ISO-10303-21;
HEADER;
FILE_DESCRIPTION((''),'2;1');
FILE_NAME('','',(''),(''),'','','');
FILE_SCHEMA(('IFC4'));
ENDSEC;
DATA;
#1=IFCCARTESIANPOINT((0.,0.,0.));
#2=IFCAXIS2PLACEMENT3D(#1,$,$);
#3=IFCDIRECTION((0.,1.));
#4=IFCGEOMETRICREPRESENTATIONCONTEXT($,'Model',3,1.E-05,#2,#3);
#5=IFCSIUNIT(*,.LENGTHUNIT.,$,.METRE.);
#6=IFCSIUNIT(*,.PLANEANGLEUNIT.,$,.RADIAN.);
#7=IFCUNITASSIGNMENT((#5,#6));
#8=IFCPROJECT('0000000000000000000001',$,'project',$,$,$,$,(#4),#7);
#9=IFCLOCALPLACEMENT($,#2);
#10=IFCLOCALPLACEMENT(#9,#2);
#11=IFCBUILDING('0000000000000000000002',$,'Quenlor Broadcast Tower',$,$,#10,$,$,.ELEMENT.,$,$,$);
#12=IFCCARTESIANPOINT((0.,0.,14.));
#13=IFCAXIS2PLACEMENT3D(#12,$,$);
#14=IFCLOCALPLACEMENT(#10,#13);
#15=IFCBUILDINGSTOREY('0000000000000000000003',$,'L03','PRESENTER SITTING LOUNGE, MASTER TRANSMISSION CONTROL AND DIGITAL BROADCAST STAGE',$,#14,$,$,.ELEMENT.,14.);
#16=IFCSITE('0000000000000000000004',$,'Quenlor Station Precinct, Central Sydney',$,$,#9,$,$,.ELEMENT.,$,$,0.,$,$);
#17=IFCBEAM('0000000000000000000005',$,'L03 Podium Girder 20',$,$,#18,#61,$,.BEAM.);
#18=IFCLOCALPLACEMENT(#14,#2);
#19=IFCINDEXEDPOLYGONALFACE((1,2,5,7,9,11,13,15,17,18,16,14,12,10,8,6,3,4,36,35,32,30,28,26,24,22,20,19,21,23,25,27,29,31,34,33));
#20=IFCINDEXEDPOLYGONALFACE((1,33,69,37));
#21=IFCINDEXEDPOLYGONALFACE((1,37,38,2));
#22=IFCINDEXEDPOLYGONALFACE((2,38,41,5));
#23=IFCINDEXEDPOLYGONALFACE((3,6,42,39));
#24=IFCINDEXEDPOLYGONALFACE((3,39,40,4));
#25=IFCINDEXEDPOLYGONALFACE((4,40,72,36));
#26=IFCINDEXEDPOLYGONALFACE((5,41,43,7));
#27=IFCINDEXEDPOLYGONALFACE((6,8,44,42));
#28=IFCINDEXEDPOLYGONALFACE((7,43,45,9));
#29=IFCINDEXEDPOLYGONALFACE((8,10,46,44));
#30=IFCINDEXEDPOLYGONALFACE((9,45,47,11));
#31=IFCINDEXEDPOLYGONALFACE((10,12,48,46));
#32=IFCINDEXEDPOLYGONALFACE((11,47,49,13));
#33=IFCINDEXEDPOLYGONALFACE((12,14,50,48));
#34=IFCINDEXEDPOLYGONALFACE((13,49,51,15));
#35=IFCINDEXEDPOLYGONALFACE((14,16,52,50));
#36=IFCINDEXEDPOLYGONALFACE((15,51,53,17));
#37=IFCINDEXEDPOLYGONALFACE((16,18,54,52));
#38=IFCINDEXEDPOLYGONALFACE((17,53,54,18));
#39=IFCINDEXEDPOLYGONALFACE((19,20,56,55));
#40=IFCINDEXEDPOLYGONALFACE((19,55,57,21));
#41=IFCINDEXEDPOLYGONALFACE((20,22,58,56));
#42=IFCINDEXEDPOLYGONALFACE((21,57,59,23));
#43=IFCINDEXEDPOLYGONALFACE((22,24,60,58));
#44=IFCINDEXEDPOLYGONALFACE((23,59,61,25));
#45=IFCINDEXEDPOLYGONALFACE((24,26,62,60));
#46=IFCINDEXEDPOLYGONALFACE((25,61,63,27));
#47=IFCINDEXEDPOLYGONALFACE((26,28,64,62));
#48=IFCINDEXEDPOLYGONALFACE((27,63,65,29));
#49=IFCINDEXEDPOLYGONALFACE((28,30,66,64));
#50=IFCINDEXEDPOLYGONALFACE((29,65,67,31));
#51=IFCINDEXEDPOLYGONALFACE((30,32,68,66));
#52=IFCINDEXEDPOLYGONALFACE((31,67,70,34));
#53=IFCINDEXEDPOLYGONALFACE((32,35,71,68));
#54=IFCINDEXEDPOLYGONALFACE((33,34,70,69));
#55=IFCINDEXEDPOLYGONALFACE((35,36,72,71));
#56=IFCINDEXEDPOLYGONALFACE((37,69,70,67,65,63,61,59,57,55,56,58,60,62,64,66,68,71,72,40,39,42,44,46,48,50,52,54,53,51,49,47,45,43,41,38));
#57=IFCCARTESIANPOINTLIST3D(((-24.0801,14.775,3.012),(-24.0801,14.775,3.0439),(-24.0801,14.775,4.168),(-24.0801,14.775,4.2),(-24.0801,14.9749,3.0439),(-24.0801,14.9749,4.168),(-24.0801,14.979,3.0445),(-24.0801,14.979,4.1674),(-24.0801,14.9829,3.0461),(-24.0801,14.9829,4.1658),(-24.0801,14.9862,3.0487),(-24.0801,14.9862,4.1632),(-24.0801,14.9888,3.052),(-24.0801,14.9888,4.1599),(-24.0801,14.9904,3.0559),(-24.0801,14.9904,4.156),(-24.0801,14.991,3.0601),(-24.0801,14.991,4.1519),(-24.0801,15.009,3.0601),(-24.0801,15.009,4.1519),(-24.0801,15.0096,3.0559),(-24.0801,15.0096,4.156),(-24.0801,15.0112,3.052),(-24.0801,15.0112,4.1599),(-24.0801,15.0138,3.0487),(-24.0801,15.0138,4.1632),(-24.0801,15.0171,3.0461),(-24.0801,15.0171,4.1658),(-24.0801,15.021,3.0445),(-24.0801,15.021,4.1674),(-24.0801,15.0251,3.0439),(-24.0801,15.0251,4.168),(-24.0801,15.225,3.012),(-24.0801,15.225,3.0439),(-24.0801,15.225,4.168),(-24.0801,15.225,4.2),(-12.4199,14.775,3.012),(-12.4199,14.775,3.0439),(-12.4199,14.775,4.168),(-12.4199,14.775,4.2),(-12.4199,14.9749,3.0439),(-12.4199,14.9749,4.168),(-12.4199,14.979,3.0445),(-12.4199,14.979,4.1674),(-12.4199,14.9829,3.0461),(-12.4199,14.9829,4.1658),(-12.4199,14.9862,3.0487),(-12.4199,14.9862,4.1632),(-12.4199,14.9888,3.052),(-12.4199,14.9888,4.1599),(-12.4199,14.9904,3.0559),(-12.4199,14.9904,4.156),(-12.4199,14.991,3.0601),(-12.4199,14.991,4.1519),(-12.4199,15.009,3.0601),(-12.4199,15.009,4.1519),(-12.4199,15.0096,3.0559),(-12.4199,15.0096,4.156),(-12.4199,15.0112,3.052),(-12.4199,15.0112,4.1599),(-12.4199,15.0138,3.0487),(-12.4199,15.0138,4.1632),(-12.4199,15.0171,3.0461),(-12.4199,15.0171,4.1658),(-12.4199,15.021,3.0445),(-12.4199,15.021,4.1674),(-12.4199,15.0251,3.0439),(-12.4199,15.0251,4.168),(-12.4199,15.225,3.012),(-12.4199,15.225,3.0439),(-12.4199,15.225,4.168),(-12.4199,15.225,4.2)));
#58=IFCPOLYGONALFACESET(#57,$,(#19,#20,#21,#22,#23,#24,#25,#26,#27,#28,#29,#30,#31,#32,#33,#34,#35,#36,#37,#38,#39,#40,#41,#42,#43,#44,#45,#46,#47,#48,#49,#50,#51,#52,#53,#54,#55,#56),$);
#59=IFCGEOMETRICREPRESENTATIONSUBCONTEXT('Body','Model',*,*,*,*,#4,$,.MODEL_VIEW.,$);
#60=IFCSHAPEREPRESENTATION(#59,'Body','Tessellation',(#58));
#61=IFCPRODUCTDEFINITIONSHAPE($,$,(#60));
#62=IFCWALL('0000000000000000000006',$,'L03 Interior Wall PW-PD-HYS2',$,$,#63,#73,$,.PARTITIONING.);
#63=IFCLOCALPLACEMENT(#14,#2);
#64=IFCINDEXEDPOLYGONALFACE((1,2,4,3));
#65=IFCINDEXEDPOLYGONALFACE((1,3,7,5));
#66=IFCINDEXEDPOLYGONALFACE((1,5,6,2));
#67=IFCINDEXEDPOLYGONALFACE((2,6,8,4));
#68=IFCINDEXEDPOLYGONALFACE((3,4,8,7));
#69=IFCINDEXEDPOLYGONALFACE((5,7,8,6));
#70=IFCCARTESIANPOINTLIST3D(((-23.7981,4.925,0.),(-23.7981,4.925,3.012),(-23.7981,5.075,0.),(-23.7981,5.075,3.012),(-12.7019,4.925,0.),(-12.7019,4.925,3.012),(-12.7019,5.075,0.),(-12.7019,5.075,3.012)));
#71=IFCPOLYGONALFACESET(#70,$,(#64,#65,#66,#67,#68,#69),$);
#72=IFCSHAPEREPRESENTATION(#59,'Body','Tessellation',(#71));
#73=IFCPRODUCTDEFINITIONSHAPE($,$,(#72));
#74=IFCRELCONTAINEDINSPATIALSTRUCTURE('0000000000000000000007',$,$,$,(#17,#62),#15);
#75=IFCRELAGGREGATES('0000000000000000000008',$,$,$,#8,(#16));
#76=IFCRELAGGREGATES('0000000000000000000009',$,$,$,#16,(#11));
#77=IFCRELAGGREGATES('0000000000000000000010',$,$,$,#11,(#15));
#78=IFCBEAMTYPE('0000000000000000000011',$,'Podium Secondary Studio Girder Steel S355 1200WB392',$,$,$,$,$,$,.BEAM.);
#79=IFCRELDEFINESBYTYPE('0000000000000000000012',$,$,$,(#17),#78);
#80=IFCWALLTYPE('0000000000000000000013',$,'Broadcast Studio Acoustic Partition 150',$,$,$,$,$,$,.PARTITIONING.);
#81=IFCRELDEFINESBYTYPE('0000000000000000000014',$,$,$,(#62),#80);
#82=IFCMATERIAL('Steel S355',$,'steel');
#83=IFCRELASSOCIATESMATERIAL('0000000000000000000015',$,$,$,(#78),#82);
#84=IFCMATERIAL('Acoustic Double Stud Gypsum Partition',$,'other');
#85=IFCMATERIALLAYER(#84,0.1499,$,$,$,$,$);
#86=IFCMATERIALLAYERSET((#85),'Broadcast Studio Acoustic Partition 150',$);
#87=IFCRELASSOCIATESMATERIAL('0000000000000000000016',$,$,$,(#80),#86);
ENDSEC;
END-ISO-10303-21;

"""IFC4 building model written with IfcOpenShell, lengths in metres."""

from ifc_helpers import new_model, si_unit, direction, frame, frame_2d, origin, origin_2d, place, context, subcontext, project, spatial, rectangle, i_section, extrude, material, layer, layer_set, material_profile, profile_set, type_object, element, save


model = new_model("IFC4")

# Units and contexts
model_context = context("Model", 3, precision=1e-05, world=origin(), true_north=direction((0.0, 1.0)))
body_context = subcontext(model_context, "Body", "Model", "MODEL_VIEW")
ifc_project = project(units=[si_unit("LENGTHUNIT", "METRE"), si_unit("PLANEANGLEUNIT", "RADIAN")], contexts=[model_context])

# Site, building, storey
site_placement = place(None, origin())
site = spatial("IfcSite", under=ifc_project, at=site_placement, Name="Quenlor Station Precinct, Central Sydney", CompositionType="ELEMENT", RefElevation=0.0)
building_placement = place(site_placement, origin())
building = spatial("IfcBuilding", under=site, at=building_placement, Name="Quenlor Broadcast Tower", CompositionType="ELEMENT")
storey_placement = place(building_placement, frame((0.0, 0.0, 14.0)))
storey = spatial("IfcBuildingStorey", under=building, at=storey_placement, Name="L03", Description="PRESENTER SITTING LOUNGE, MASTER TRANSMISSION CONTROL AND DIGITAL BROADCAST STAGE", CompositionType="ELEMENT", Elevation=14.0)

# Beam
ifc_material_1 = material(Name="Steel S355", Category="steel")
ifc_material_profile_1 = material_profile(ifc_material_1, i_section(OverallWidth=0.45, OverallDepth=1.188, WebThickness=0.0181, FlangeThickness=0.032, FilletRadius=0.0161, at=origin_2d()))
ifc_profile_set_1 = profile_set([ifc_material_profile_1], Name="Steel S355 1200WB392")
beam_type_1 = type_object("IfcBeamType", Name="Podium Secondary Studio Girder Steel S355 1200WB392", PredefinedType="BEAM", material=ifc_profile_set_1)
for number, where, z_axis, x_axis, name in (
    (1, (-24.0801, 15.0, 3.606), (1.0, 0.0, 0.0), (0.0, 1.0, 0.0), "L03 Podium Girder 20"),
):
    element("IfcBeam", number, at=place(storey_placement, frame(where, z_axis=z_axis, x_axis=x_axis)), inside=storey, type_object=beam_type_1, Name=name, PredefinedType="BEAM", context=body_context, shape_type="SweptSolid", body=[
        extrude(i_section(OverallWidth=0.45, OverallDepth=1.188, WebThickness=0.0181, FlangeThickness=0.032, FilletRadius=0.0161, at=origin_2d()), origin(), (0.0, 0.0, 1.0), 11.6602),
    ])

# Wall
ifc_material_2 = material(Name="Acoustic Double Stud Gypsum Partition", Category="other")
ifc_layer = layer(ifc_material_2, 0.1499)
ifc_layer_set = layer_set([ifc_layer], Name="Broadcast Studio Acoustic Partition 150")
wall_type = type_object("IfcWallType", Name="Broadcast Studio Acoustic Partition 150", PredefinedType="PARTITIONING", material=ifc_layer_set)
wall_placement = place(storey_placement, frame((-23.7981, 5.0, 0.0), z_axis=(0.0, 0.0, 1.0), x_axis=(1.0, 0.0, 0.0)))
element("IfcWall", 2, at=wall_placement, inside=storey, type_object=wall_type, Name="L03 Interior Wall PW-PD-HYS2", PredefinedType="PARTITIONING", context=body_context, shape_type="SweptSolid", body=[
    extrude(rectangle(XDim=11.0962, YDim=0.1499, at=frame_2d((5.5481, 0.0))), origin(), (0.0, 0.0, 1.0), 3.012),
])

save(model, "model.ifc")
